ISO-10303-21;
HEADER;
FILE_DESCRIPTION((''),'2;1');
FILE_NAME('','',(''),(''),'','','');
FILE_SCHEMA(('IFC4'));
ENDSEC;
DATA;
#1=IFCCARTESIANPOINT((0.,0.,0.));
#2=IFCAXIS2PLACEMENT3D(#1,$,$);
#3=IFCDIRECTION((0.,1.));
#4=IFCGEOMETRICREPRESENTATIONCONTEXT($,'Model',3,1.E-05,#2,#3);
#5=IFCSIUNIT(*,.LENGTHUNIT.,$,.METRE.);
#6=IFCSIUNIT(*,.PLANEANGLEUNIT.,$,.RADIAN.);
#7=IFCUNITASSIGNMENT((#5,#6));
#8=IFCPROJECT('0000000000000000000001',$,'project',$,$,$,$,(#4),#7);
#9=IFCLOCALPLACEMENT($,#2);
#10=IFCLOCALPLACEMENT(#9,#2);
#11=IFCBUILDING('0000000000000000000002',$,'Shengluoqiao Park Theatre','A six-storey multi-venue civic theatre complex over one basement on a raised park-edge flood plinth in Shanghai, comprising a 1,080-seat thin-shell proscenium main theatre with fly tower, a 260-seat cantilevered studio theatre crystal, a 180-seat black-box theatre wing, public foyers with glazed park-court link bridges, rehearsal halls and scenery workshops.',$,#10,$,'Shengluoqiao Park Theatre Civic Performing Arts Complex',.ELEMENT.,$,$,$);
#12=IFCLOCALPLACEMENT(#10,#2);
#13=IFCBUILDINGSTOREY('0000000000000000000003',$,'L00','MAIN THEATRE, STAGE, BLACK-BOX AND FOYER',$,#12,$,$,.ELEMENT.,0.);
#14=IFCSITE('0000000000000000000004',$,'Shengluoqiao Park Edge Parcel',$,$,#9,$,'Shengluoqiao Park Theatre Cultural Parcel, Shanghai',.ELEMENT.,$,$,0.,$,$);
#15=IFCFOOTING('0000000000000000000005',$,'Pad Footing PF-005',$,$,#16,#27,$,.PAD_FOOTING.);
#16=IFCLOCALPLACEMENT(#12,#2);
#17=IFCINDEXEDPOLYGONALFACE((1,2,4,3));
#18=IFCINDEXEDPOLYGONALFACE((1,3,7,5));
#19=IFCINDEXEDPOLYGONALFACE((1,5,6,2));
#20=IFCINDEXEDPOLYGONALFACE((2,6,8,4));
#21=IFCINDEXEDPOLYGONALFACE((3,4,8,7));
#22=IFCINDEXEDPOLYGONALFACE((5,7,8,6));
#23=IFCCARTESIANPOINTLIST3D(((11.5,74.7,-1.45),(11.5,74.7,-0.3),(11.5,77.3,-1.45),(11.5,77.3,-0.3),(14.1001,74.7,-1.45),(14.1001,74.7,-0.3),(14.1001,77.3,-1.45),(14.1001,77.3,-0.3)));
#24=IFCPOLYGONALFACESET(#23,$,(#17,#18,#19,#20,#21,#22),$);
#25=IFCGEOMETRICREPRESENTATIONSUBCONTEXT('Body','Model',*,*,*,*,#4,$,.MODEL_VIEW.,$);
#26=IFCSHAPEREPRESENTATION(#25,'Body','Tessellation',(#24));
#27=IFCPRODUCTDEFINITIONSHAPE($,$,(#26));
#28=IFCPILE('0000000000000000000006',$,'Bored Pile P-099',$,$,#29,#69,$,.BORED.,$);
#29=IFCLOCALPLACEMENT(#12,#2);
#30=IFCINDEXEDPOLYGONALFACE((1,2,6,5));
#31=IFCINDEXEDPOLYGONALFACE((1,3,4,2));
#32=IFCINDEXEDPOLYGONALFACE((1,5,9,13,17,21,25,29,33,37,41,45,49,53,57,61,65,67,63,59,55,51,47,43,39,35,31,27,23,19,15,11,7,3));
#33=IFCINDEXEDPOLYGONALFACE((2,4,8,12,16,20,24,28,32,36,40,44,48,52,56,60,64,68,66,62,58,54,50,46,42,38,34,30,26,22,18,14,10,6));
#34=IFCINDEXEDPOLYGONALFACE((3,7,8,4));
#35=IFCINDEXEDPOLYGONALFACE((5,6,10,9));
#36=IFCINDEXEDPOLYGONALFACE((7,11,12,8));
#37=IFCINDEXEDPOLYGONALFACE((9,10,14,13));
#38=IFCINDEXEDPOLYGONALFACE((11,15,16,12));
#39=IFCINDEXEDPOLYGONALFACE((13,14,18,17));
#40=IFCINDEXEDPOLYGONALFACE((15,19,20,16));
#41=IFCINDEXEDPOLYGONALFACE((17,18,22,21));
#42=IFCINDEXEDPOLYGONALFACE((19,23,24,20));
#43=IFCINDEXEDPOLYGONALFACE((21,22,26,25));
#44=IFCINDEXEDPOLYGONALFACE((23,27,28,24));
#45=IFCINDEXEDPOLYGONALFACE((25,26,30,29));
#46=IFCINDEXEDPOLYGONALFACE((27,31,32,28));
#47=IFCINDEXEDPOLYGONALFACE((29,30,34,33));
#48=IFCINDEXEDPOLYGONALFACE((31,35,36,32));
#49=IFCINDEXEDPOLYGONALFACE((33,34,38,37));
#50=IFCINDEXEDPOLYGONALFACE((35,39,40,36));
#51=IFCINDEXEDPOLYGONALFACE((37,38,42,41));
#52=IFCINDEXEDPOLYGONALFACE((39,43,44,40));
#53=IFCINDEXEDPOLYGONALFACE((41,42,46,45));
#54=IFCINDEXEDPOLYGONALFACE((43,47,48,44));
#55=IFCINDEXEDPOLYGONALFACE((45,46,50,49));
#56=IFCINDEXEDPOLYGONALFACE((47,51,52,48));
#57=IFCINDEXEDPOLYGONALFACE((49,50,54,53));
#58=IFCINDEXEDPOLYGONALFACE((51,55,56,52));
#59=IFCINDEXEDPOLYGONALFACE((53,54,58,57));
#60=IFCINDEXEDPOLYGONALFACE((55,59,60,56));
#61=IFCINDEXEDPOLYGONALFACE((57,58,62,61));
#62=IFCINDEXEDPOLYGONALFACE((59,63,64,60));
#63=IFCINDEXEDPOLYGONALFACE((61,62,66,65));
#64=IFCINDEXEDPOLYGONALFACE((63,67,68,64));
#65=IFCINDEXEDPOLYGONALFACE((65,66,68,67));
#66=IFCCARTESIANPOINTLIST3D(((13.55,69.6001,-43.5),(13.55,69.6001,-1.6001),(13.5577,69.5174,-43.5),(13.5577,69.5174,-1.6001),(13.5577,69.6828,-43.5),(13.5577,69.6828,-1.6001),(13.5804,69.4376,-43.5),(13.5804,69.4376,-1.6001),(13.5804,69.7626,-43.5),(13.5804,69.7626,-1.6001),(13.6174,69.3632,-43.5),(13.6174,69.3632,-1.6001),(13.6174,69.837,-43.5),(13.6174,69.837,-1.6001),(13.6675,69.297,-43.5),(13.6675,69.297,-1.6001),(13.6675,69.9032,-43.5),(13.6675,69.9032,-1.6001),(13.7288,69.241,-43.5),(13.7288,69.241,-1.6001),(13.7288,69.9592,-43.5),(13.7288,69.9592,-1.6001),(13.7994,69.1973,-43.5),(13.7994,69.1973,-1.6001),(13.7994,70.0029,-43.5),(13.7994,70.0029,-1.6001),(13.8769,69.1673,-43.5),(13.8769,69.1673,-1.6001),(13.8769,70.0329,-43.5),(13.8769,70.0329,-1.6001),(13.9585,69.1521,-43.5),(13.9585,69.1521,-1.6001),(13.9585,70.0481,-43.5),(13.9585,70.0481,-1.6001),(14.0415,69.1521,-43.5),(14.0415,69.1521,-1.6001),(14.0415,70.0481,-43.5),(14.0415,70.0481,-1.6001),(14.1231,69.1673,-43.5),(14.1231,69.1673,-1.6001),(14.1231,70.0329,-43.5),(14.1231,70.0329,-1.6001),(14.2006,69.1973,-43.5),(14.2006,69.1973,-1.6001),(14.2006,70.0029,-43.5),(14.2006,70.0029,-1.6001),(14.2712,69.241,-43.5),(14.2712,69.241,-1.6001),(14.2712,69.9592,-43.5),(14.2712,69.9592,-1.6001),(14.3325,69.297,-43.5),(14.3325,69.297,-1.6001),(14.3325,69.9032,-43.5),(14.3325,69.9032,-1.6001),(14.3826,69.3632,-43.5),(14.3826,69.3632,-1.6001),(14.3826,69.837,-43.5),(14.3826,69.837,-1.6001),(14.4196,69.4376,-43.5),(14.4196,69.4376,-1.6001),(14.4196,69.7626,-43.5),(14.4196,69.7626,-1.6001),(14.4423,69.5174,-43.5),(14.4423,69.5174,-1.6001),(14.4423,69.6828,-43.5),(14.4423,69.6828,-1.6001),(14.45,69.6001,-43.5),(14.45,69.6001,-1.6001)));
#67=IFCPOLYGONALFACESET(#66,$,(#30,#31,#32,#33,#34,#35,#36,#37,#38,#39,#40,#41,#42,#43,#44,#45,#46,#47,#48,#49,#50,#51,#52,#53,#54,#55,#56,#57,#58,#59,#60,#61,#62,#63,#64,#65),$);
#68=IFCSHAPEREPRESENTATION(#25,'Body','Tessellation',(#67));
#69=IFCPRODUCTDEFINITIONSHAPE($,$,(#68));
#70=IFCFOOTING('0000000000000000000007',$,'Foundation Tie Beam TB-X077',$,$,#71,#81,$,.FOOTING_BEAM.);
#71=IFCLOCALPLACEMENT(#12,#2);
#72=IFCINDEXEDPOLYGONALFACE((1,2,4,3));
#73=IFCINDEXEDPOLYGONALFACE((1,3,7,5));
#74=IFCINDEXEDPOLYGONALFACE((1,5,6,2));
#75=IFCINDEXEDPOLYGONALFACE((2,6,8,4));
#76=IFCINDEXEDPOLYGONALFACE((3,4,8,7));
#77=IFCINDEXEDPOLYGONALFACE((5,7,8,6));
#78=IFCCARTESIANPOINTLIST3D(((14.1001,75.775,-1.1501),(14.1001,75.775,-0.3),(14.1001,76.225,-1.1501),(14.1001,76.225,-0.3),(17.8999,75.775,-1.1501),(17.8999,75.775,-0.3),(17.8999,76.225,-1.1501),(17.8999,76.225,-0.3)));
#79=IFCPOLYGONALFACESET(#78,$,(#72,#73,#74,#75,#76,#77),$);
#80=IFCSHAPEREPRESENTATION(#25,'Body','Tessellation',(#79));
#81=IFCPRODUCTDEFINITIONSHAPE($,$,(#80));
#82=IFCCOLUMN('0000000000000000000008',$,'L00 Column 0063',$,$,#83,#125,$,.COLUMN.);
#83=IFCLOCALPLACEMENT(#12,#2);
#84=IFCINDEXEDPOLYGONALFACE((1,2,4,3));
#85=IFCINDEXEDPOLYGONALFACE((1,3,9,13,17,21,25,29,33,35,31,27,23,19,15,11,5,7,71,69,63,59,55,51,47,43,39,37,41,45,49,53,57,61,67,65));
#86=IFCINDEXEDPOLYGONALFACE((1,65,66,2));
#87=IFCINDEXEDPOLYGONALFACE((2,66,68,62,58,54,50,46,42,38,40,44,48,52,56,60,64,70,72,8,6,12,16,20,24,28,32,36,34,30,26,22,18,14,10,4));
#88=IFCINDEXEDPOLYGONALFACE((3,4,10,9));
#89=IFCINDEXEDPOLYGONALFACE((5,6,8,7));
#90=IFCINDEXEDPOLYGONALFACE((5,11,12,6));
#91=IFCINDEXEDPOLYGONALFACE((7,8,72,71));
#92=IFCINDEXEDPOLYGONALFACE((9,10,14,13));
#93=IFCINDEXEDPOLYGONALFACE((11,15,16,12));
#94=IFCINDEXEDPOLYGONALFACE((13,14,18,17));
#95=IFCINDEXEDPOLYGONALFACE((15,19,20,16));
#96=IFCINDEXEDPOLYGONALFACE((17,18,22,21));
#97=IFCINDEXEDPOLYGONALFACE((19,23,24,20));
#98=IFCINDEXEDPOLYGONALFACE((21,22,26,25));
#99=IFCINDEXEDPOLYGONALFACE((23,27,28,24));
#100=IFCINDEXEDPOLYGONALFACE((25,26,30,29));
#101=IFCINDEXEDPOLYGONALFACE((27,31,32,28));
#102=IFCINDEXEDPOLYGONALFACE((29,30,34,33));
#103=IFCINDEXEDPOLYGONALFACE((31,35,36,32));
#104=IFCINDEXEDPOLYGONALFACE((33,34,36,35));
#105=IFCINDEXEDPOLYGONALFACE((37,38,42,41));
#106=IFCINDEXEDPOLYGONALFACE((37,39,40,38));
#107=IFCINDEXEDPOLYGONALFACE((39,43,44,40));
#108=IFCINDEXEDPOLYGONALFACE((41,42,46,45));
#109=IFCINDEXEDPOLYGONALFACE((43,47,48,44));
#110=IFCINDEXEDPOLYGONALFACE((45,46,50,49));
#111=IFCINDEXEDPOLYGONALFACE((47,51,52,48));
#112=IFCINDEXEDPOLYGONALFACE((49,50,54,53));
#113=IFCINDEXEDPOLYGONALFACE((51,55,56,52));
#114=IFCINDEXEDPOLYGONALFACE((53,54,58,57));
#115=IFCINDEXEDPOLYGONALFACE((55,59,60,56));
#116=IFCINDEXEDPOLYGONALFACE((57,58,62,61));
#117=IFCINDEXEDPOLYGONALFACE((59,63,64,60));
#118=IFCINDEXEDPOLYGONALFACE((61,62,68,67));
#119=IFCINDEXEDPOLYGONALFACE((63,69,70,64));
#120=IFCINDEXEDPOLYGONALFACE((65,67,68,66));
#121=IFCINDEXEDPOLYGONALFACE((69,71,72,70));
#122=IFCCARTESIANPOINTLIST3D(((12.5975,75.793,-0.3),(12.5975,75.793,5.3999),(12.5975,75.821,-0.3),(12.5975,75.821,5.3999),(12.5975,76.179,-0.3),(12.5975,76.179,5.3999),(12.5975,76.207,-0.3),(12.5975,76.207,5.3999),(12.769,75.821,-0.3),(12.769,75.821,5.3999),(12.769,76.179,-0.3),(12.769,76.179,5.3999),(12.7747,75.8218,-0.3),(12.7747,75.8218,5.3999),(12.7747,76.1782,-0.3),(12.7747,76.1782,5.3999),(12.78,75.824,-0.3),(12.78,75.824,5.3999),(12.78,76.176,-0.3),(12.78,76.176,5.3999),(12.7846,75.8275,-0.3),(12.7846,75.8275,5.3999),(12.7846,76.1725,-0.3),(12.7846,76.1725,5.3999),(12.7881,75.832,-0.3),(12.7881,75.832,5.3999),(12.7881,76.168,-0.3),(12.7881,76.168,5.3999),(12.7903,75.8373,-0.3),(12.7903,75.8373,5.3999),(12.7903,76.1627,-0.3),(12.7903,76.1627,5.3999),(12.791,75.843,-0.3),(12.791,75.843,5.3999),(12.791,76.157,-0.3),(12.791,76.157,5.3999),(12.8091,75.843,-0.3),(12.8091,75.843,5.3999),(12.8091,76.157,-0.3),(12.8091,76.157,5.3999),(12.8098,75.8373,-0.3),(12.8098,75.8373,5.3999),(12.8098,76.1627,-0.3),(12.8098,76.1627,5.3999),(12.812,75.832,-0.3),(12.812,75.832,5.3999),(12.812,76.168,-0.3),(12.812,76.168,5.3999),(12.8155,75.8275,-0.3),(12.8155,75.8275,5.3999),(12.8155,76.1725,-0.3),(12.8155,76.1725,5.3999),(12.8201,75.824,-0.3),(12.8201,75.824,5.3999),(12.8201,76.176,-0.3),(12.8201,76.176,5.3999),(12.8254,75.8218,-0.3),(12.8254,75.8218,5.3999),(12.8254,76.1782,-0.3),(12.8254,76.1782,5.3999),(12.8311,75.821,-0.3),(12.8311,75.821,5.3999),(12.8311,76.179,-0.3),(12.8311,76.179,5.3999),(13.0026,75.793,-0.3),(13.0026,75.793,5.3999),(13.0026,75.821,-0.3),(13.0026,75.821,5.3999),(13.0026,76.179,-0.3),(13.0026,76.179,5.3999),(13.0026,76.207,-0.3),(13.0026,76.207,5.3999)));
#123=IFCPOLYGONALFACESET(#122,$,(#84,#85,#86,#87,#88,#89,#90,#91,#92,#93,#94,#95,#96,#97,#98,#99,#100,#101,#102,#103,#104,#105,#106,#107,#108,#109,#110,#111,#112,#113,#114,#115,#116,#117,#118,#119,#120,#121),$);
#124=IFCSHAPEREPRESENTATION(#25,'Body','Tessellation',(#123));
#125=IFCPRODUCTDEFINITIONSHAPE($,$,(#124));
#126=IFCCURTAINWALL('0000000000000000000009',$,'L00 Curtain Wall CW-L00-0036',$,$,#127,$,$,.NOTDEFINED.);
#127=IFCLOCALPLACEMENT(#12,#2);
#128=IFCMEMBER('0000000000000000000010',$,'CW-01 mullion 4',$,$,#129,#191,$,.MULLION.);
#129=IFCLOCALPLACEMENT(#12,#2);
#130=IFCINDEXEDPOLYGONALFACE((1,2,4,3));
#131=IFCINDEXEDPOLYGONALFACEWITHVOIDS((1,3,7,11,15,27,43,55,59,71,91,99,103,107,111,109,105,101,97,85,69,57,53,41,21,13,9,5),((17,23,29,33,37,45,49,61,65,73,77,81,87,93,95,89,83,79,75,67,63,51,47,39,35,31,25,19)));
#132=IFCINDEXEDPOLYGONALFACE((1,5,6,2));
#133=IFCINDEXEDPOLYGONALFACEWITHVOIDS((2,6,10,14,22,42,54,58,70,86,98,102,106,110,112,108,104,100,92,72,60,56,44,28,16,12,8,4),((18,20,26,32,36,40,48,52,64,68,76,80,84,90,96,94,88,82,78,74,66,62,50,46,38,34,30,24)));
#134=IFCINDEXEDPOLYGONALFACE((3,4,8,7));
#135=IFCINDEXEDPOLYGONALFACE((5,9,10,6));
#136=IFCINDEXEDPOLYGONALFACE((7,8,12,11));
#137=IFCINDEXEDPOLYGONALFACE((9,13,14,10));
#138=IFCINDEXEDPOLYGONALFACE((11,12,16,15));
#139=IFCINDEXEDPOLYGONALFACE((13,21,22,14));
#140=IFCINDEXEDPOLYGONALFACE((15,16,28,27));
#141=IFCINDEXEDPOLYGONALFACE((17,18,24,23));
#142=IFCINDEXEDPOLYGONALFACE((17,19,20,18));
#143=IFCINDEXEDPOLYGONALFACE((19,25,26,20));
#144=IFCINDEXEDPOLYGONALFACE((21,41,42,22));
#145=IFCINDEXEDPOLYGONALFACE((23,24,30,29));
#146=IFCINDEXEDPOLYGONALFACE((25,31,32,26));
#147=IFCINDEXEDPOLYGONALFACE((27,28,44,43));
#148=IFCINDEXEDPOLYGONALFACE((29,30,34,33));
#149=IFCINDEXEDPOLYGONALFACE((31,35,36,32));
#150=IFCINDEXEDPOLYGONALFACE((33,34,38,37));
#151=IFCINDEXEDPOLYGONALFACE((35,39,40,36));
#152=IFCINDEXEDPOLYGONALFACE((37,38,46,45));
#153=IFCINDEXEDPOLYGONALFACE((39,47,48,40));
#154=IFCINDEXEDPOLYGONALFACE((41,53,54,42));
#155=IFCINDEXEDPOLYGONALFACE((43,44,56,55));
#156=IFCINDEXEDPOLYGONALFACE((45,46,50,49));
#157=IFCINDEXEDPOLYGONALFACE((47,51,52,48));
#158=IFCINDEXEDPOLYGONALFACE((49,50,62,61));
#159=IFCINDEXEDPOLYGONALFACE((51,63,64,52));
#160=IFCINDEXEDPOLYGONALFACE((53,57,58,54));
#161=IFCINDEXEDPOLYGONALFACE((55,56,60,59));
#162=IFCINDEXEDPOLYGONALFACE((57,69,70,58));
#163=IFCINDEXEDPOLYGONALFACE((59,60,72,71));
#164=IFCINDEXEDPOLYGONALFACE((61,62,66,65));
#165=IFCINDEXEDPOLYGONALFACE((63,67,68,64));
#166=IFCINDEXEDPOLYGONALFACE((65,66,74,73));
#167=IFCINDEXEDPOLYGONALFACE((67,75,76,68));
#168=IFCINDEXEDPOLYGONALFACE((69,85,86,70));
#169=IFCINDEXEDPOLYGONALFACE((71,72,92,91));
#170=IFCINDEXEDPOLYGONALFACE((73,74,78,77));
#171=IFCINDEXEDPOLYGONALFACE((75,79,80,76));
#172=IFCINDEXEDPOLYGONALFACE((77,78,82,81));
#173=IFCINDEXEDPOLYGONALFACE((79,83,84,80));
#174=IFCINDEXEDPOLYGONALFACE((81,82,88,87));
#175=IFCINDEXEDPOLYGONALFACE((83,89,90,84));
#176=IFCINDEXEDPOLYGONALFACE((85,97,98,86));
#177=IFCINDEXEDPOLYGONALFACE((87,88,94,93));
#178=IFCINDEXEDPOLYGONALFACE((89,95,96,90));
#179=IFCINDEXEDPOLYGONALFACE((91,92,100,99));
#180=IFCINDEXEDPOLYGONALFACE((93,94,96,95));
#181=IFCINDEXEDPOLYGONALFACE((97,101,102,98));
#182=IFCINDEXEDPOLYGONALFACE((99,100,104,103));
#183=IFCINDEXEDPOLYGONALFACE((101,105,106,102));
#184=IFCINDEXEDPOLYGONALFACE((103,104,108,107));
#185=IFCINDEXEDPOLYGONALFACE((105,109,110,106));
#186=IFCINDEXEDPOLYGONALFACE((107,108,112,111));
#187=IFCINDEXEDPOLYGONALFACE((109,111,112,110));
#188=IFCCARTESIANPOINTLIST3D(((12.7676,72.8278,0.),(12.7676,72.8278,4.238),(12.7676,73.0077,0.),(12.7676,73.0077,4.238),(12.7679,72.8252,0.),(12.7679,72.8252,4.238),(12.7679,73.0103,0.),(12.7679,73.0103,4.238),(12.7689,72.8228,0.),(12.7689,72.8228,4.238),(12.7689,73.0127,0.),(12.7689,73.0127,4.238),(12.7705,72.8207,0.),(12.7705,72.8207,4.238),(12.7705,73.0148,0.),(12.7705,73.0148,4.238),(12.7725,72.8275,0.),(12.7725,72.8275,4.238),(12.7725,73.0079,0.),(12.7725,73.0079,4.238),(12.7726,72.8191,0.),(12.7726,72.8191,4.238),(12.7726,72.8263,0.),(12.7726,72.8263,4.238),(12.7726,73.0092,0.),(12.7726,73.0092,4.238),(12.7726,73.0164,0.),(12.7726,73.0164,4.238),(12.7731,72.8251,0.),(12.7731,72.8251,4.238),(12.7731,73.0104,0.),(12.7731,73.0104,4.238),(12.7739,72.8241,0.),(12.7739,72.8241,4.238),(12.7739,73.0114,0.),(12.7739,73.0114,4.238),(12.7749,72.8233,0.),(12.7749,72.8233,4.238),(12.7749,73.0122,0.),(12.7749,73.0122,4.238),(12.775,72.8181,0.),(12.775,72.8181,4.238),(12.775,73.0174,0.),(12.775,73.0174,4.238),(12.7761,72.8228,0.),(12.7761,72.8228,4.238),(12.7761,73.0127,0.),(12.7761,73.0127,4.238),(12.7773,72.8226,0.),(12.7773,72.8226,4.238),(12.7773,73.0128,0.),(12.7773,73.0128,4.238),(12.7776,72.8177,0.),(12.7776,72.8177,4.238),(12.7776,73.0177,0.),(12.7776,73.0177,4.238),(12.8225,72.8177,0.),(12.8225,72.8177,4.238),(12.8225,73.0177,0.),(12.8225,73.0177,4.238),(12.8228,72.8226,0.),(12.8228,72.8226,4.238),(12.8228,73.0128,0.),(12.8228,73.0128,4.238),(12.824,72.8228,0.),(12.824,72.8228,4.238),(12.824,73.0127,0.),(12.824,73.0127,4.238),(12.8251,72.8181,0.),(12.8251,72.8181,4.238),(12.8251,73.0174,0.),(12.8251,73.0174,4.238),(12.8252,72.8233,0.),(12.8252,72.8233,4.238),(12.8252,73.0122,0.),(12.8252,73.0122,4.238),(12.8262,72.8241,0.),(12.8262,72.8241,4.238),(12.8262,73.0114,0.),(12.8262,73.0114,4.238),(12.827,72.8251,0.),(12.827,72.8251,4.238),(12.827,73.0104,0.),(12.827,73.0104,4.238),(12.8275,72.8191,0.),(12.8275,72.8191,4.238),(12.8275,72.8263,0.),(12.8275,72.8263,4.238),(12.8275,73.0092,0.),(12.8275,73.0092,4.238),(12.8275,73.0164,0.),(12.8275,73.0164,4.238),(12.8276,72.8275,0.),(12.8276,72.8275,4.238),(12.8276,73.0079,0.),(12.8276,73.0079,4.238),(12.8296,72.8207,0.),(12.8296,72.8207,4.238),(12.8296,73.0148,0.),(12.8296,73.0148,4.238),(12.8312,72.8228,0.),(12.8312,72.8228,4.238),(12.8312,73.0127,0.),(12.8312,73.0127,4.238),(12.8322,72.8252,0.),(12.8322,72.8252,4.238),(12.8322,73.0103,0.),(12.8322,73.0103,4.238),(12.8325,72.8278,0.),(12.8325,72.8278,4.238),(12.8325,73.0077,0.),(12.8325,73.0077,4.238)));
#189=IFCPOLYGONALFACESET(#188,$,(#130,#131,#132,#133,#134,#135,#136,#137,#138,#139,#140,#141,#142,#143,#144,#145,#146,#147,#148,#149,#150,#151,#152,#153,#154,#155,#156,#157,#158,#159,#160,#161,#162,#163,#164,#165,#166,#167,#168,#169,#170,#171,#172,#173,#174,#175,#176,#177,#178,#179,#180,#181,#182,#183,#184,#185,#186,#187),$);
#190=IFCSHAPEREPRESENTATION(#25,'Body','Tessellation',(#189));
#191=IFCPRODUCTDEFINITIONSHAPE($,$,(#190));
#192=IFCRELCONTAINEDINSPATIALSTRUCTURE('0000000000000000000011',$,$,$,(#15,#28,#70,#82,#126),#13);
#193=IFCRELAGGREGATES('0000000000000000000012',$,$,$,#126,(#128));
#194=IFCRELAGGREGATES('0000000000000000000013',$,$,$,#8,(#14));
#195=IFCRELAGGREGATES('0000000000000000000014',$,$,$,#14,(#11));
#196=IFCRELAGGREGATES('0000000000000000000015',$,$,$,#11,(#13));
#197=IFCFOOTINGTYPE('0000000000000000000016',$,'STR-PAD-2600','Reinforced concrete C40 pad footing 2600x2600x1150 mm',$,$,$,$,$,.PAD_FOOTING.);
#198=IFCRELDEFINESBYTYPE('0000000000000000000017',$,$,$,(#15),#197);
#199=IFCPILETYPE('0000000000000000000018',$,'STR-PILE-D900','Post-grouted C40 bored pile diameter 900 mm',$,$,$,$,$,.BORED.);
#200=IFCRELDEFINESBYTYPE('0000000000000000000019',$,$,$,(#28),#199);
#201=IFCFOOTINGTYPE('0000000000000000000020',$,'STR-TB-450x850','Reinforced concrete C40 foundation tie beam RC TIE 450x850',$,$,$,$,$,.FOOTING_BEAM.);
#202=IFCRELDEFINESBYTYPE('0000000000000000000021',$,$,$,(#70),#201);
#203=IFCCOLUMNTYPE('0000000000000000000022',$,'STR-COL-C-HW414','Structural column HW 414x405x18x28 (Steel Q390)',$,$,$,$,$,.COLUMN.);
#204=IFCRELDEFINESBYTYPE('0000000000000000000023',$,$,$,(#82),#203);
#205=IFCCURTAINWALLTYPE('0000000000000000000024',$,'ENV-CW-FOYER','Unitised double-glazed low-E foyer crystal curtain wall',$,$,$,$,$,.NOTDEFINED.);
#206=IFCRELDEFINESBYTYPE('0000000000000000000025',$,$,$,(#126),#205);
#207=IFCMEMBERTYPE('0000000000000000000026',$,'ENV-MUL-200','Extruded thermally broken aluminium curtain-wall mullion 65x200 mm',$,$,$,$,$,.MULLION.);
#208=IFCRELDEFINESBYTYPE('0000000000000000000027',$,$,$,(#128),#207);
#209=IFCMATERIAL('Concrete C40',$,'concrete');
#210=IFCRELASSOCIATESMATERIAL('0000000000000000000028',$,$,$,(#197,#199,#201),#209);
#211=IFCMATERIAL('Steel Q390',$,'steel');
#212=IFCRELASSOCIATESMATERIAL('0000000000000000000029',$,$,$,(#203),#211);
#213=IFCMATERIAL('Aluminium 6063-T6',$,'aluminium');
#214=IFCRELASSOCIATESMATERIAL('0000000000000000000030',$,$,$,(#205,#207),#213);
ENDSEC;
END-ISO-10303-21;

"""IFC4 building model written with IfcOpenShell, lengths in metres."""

from ifc_helpers import new_model, si_unit, direction, frame, origin, origin_2d, place, context, subcontext, project, spatial, rectangle, hollow_rectangle, circle, i_section, extrude, material, material_profile, profile_set, type_object, element, aggregate, save


model = new_model("IFC4")

# Units and contexts
model_context = context("Model", 3, precision=1e-05, world=origin(), true_north=direction((0.0, 1.0)))
body_context = subcontext(model_context, "Body", "Model", "MODEL_VIEW")
ifc_project = project(units=[si_unit("LENGTHUNIT", "METRE"), si_unit("PLANEANGLEUNIT", "RADIAN")], contexts=[model_context])

# Site, building, storey
site_placement = place(None, origin())
site = spatial("IfcSite", under=ifc_project, at=site_placement, Name="Shengluoqiao Park Edge Parcel", LongName="Shengluoqiao Park Theatre Cultural Parcel, Shanghai", CompositionType="ELEMENT", RefElevation=0.0)
building_placement = place(site_placement, origin())
building = spatial("IfcBuilding", under=site, at=building_placement, Name="Shengluoqiao Park Theatre", Description="A six-storey multi-venue civic theatre complex over one basement on a raised park-edge flood plinth in Shanghai, comprising a 1,080-seat thin-shell proscenium main theatre with fly tower, a 260-seat cantilevered studio theatre crystal, a 180-seat black-box theatre wing, public foyers with glazed park-court link bridges, rehearsal halls and scenery workshops.", LongName="Shengluoqiao Park Theatre Civic Performing Arts Complex", CompositionType="ELEMENT")
storey_placement = place(building_placement, origin())
storey = spatial("IfcBuildingStorey", under=building, at=storey_placement, Name="L00", Description="MAIN THEATRE, STAGE, BLACK-BOX AND FOYER", CompositionType="ELEMENT", Elevation=0.0)

# Footing
ifc_material_1 = material(Name="Concrete C40", Category="concrete")
footing_type_1 = type_object("IfcFootingType", Name="STR-PAD-2600", Description="Reinforced concrete C40 pad footing 2600x2600x1150 mm", PredefinedType="PAD_FOOTING", material=ifc_material_1)
footing_1_placement = place(storey_placement, frame((12.8, 76.0, -1.45), z_axis=(0.0, 0.0, 1.0), x_axis=(1.0, 0.0, 0.0)))
element("IfcFooting", 1, at=footing_1_placement, inside=storey, type_object=footing_type_1, Name="Pad Footing PF-005", PredefinedType="PAD_FOOTING", context=body_context, shape_type="SweptSolid", body=[
    extrude(rectangle(XDim=2.6001, YDim=2.6001, at=origin_2d()), origin(), (0.0, 0.0, 1.0), 1.1499),
])

# Pile
ifc_material_profile_1 = material_profile(ifc_material_1, circle(Radius=0.45, at=origin_2d()), Name="BORED PILE D900")
ifc_profile_set_1 = profile_set([ifc_material_profile_1], Name="Concrete C40")
pile_type = type_object("IfcPileType", Name="STR-PILE-D900", Description="Post-grouted C40 bored pile diameter 900 mm", PredefinedType="BORED", material=ifc_profile_set_1)
pile_placement = place(storey_placement, frame((14.0, 69.6001, -1.6001), z_axis=(0.0, 0.0, -1.0), x_axis=(1.0, 0.0, 0.0)))
element("IfcPile", 2, at=pile_placement, inside=storey, type_object=pile_type, Name="Bored Pile P-099", PredefinedType="BORED", context=body_context, shape_type="SweptSolid", body=[
    extrude(circle(Radius=0.45, at=origin_2d()), origin(), (0.0, 0.0, 1.0), 41.8999),
])

# Footing
ifc_material_profile_2 = material_profile(ifc_material_1, rectangle(XDim=0.45, YDim=0.8501, at=origin_2d()), Name="RC TIE 450x850")
ifc_profile_set_2 = profile_set([ifc_material_profile_2], Name="Concrete C40")
footing_type_2 = type_object("IfcFootingType", Name="STR-TB-450x850", Description="Reinforced concrete C40 foundation tie beam RC TIE 450x850", PredefinedType="FOOTING_BEAM", material=ifc_profile_set_2)
footing_2_placement = place(storey_placement, frame((14.1001, 76.0, -0.7251), z_axis=(1.0, 0.0, 0.0), x_axis=(0.0, 1.0, 0.0)))
element("IfcFooting", 3, at=footing_2_placement, inside=storey, type_object=footing_type_2, Name="Foundation Tie Beam TB-X077", PredefinedType="FOOTING_BEAM", context=body_context, shape_type="SweptSolid", body=[
    extrude(rectangle(XDim=0.45, YDim=0.8501, at=origin_2d()), origin(), (0.0, 0.0, 1.0), 3.7998),
])

# Column
ifc_material_2 = material(Name="Steel Q390", Category="steel")
ifc_material_profile_3 = material_profile(ifc_material_2, i_section(OverallWidth=0.405, OverallDepth=0.4141, WebThickness=0.0181, FlangeThickness=0.0281, FilletRadius=0.022, at=origin_2d()), Name="HW 414x405x18x28")
ifc_profile_set_3 = profile_set([ifc_material_profile_3], Name="Steel Q390")
column_type = type_object("IfcColumnType", Name="STR-COL-C-HW414", Description="Structural column HW 414x405x18x28 (Steel Q390)", PredefinedType="COLUMN", material=ifc_profile_set_3)
column_placement = place(storey_placement, frame((12.8, 76.0, -0.3), z_axis=(0.0, 0.0, 1.0), x_axis=(1.0, 0.0, 0.0)))
element("IfcColumn", 4, at=column_placement, inside=storey, type_object=column_type, Name="L00 Column 0063", PredefinedType="COLUMN", context=body_context, shape_type="SweptSolid", body=[
    extrude(i_section(OverallWidth=0.405, OverallDepth=0.4141, WebThickness=0.0181, FlangeThickness=0.0281, FilletRadius=0.022, at=origin_2d()), origin(), (0.0, 0.0, 1.0), 5.7),
])

# Curtain wall, member
ifc_material_3 = material(Name="Aluminium 6063-T6", Category="aluminium")
curtain_wall_type = type_object("IfcCurtainWallType", Name="ENV-CW-FOYER", Description="Unitised double-glazed low-E foyer crystal curtain wall", PredefinedType="NOTDEFINED", material=ifc_material_3)
curtain_wall_1_placement = place(storey_placement, origin())
curtain_wall_1 = element("IfcCurtainWall", 5, at=curtain_wall_1_placement, inside=storey, type_object=curtain_wall_type, Name="L00 Curtain Wall CW-L00-0036", PredefinedType="NOTDEFINED")
ifc_material_profile_4 = material_profile(ifc_material_3, hollow_rectangle(XDim=0.0649, YDim=0.2, WallThickness=0.0049, InnerFilletRadius=0.0049, OuterFilletRadius=0.01, at=origin_2d()), Name="ALU MULLION 200x65x5")
ifc_profile_set_4 = profile_set([ifc_material_profile_4], Name="Aluminium 6063-T6")
member_type_1 = type_object("IfcMemberType", Name="ENV-MUL-200", Description="Extruded thermally broken aluminium curtain-wall mullion 65x200 mm", PredefinedType="MULLION", material=ifc_profile_set_4)
member_1_placement = place(storey_placement, frame((12.8, 72.9177, 0.0), z_axis=(0.0, 0.0, 1.0), x_axis=(-1.0, 0.0, 0.0)))
member_1 = element("IfcMember", 6, at=member_1_placement, type_object=member_type_1, Name="CW-01 mullion 4", PredefinedType="MULLION", context=body_context, shape_type="SweptSolid", body=[
    extrude(hollow_rectangle(XDim=0.0649, YDim=0.2, WallThickness=0.0049, InnerFilletRadius=0.0049, OuterFilletRadius=0.01, at=origin_2d()), origin(), (0.0, 0.0, 1.0), 4.238),
])

aggregate(curtain_wall_1, [member_1])

save(model, "model.ifc")
